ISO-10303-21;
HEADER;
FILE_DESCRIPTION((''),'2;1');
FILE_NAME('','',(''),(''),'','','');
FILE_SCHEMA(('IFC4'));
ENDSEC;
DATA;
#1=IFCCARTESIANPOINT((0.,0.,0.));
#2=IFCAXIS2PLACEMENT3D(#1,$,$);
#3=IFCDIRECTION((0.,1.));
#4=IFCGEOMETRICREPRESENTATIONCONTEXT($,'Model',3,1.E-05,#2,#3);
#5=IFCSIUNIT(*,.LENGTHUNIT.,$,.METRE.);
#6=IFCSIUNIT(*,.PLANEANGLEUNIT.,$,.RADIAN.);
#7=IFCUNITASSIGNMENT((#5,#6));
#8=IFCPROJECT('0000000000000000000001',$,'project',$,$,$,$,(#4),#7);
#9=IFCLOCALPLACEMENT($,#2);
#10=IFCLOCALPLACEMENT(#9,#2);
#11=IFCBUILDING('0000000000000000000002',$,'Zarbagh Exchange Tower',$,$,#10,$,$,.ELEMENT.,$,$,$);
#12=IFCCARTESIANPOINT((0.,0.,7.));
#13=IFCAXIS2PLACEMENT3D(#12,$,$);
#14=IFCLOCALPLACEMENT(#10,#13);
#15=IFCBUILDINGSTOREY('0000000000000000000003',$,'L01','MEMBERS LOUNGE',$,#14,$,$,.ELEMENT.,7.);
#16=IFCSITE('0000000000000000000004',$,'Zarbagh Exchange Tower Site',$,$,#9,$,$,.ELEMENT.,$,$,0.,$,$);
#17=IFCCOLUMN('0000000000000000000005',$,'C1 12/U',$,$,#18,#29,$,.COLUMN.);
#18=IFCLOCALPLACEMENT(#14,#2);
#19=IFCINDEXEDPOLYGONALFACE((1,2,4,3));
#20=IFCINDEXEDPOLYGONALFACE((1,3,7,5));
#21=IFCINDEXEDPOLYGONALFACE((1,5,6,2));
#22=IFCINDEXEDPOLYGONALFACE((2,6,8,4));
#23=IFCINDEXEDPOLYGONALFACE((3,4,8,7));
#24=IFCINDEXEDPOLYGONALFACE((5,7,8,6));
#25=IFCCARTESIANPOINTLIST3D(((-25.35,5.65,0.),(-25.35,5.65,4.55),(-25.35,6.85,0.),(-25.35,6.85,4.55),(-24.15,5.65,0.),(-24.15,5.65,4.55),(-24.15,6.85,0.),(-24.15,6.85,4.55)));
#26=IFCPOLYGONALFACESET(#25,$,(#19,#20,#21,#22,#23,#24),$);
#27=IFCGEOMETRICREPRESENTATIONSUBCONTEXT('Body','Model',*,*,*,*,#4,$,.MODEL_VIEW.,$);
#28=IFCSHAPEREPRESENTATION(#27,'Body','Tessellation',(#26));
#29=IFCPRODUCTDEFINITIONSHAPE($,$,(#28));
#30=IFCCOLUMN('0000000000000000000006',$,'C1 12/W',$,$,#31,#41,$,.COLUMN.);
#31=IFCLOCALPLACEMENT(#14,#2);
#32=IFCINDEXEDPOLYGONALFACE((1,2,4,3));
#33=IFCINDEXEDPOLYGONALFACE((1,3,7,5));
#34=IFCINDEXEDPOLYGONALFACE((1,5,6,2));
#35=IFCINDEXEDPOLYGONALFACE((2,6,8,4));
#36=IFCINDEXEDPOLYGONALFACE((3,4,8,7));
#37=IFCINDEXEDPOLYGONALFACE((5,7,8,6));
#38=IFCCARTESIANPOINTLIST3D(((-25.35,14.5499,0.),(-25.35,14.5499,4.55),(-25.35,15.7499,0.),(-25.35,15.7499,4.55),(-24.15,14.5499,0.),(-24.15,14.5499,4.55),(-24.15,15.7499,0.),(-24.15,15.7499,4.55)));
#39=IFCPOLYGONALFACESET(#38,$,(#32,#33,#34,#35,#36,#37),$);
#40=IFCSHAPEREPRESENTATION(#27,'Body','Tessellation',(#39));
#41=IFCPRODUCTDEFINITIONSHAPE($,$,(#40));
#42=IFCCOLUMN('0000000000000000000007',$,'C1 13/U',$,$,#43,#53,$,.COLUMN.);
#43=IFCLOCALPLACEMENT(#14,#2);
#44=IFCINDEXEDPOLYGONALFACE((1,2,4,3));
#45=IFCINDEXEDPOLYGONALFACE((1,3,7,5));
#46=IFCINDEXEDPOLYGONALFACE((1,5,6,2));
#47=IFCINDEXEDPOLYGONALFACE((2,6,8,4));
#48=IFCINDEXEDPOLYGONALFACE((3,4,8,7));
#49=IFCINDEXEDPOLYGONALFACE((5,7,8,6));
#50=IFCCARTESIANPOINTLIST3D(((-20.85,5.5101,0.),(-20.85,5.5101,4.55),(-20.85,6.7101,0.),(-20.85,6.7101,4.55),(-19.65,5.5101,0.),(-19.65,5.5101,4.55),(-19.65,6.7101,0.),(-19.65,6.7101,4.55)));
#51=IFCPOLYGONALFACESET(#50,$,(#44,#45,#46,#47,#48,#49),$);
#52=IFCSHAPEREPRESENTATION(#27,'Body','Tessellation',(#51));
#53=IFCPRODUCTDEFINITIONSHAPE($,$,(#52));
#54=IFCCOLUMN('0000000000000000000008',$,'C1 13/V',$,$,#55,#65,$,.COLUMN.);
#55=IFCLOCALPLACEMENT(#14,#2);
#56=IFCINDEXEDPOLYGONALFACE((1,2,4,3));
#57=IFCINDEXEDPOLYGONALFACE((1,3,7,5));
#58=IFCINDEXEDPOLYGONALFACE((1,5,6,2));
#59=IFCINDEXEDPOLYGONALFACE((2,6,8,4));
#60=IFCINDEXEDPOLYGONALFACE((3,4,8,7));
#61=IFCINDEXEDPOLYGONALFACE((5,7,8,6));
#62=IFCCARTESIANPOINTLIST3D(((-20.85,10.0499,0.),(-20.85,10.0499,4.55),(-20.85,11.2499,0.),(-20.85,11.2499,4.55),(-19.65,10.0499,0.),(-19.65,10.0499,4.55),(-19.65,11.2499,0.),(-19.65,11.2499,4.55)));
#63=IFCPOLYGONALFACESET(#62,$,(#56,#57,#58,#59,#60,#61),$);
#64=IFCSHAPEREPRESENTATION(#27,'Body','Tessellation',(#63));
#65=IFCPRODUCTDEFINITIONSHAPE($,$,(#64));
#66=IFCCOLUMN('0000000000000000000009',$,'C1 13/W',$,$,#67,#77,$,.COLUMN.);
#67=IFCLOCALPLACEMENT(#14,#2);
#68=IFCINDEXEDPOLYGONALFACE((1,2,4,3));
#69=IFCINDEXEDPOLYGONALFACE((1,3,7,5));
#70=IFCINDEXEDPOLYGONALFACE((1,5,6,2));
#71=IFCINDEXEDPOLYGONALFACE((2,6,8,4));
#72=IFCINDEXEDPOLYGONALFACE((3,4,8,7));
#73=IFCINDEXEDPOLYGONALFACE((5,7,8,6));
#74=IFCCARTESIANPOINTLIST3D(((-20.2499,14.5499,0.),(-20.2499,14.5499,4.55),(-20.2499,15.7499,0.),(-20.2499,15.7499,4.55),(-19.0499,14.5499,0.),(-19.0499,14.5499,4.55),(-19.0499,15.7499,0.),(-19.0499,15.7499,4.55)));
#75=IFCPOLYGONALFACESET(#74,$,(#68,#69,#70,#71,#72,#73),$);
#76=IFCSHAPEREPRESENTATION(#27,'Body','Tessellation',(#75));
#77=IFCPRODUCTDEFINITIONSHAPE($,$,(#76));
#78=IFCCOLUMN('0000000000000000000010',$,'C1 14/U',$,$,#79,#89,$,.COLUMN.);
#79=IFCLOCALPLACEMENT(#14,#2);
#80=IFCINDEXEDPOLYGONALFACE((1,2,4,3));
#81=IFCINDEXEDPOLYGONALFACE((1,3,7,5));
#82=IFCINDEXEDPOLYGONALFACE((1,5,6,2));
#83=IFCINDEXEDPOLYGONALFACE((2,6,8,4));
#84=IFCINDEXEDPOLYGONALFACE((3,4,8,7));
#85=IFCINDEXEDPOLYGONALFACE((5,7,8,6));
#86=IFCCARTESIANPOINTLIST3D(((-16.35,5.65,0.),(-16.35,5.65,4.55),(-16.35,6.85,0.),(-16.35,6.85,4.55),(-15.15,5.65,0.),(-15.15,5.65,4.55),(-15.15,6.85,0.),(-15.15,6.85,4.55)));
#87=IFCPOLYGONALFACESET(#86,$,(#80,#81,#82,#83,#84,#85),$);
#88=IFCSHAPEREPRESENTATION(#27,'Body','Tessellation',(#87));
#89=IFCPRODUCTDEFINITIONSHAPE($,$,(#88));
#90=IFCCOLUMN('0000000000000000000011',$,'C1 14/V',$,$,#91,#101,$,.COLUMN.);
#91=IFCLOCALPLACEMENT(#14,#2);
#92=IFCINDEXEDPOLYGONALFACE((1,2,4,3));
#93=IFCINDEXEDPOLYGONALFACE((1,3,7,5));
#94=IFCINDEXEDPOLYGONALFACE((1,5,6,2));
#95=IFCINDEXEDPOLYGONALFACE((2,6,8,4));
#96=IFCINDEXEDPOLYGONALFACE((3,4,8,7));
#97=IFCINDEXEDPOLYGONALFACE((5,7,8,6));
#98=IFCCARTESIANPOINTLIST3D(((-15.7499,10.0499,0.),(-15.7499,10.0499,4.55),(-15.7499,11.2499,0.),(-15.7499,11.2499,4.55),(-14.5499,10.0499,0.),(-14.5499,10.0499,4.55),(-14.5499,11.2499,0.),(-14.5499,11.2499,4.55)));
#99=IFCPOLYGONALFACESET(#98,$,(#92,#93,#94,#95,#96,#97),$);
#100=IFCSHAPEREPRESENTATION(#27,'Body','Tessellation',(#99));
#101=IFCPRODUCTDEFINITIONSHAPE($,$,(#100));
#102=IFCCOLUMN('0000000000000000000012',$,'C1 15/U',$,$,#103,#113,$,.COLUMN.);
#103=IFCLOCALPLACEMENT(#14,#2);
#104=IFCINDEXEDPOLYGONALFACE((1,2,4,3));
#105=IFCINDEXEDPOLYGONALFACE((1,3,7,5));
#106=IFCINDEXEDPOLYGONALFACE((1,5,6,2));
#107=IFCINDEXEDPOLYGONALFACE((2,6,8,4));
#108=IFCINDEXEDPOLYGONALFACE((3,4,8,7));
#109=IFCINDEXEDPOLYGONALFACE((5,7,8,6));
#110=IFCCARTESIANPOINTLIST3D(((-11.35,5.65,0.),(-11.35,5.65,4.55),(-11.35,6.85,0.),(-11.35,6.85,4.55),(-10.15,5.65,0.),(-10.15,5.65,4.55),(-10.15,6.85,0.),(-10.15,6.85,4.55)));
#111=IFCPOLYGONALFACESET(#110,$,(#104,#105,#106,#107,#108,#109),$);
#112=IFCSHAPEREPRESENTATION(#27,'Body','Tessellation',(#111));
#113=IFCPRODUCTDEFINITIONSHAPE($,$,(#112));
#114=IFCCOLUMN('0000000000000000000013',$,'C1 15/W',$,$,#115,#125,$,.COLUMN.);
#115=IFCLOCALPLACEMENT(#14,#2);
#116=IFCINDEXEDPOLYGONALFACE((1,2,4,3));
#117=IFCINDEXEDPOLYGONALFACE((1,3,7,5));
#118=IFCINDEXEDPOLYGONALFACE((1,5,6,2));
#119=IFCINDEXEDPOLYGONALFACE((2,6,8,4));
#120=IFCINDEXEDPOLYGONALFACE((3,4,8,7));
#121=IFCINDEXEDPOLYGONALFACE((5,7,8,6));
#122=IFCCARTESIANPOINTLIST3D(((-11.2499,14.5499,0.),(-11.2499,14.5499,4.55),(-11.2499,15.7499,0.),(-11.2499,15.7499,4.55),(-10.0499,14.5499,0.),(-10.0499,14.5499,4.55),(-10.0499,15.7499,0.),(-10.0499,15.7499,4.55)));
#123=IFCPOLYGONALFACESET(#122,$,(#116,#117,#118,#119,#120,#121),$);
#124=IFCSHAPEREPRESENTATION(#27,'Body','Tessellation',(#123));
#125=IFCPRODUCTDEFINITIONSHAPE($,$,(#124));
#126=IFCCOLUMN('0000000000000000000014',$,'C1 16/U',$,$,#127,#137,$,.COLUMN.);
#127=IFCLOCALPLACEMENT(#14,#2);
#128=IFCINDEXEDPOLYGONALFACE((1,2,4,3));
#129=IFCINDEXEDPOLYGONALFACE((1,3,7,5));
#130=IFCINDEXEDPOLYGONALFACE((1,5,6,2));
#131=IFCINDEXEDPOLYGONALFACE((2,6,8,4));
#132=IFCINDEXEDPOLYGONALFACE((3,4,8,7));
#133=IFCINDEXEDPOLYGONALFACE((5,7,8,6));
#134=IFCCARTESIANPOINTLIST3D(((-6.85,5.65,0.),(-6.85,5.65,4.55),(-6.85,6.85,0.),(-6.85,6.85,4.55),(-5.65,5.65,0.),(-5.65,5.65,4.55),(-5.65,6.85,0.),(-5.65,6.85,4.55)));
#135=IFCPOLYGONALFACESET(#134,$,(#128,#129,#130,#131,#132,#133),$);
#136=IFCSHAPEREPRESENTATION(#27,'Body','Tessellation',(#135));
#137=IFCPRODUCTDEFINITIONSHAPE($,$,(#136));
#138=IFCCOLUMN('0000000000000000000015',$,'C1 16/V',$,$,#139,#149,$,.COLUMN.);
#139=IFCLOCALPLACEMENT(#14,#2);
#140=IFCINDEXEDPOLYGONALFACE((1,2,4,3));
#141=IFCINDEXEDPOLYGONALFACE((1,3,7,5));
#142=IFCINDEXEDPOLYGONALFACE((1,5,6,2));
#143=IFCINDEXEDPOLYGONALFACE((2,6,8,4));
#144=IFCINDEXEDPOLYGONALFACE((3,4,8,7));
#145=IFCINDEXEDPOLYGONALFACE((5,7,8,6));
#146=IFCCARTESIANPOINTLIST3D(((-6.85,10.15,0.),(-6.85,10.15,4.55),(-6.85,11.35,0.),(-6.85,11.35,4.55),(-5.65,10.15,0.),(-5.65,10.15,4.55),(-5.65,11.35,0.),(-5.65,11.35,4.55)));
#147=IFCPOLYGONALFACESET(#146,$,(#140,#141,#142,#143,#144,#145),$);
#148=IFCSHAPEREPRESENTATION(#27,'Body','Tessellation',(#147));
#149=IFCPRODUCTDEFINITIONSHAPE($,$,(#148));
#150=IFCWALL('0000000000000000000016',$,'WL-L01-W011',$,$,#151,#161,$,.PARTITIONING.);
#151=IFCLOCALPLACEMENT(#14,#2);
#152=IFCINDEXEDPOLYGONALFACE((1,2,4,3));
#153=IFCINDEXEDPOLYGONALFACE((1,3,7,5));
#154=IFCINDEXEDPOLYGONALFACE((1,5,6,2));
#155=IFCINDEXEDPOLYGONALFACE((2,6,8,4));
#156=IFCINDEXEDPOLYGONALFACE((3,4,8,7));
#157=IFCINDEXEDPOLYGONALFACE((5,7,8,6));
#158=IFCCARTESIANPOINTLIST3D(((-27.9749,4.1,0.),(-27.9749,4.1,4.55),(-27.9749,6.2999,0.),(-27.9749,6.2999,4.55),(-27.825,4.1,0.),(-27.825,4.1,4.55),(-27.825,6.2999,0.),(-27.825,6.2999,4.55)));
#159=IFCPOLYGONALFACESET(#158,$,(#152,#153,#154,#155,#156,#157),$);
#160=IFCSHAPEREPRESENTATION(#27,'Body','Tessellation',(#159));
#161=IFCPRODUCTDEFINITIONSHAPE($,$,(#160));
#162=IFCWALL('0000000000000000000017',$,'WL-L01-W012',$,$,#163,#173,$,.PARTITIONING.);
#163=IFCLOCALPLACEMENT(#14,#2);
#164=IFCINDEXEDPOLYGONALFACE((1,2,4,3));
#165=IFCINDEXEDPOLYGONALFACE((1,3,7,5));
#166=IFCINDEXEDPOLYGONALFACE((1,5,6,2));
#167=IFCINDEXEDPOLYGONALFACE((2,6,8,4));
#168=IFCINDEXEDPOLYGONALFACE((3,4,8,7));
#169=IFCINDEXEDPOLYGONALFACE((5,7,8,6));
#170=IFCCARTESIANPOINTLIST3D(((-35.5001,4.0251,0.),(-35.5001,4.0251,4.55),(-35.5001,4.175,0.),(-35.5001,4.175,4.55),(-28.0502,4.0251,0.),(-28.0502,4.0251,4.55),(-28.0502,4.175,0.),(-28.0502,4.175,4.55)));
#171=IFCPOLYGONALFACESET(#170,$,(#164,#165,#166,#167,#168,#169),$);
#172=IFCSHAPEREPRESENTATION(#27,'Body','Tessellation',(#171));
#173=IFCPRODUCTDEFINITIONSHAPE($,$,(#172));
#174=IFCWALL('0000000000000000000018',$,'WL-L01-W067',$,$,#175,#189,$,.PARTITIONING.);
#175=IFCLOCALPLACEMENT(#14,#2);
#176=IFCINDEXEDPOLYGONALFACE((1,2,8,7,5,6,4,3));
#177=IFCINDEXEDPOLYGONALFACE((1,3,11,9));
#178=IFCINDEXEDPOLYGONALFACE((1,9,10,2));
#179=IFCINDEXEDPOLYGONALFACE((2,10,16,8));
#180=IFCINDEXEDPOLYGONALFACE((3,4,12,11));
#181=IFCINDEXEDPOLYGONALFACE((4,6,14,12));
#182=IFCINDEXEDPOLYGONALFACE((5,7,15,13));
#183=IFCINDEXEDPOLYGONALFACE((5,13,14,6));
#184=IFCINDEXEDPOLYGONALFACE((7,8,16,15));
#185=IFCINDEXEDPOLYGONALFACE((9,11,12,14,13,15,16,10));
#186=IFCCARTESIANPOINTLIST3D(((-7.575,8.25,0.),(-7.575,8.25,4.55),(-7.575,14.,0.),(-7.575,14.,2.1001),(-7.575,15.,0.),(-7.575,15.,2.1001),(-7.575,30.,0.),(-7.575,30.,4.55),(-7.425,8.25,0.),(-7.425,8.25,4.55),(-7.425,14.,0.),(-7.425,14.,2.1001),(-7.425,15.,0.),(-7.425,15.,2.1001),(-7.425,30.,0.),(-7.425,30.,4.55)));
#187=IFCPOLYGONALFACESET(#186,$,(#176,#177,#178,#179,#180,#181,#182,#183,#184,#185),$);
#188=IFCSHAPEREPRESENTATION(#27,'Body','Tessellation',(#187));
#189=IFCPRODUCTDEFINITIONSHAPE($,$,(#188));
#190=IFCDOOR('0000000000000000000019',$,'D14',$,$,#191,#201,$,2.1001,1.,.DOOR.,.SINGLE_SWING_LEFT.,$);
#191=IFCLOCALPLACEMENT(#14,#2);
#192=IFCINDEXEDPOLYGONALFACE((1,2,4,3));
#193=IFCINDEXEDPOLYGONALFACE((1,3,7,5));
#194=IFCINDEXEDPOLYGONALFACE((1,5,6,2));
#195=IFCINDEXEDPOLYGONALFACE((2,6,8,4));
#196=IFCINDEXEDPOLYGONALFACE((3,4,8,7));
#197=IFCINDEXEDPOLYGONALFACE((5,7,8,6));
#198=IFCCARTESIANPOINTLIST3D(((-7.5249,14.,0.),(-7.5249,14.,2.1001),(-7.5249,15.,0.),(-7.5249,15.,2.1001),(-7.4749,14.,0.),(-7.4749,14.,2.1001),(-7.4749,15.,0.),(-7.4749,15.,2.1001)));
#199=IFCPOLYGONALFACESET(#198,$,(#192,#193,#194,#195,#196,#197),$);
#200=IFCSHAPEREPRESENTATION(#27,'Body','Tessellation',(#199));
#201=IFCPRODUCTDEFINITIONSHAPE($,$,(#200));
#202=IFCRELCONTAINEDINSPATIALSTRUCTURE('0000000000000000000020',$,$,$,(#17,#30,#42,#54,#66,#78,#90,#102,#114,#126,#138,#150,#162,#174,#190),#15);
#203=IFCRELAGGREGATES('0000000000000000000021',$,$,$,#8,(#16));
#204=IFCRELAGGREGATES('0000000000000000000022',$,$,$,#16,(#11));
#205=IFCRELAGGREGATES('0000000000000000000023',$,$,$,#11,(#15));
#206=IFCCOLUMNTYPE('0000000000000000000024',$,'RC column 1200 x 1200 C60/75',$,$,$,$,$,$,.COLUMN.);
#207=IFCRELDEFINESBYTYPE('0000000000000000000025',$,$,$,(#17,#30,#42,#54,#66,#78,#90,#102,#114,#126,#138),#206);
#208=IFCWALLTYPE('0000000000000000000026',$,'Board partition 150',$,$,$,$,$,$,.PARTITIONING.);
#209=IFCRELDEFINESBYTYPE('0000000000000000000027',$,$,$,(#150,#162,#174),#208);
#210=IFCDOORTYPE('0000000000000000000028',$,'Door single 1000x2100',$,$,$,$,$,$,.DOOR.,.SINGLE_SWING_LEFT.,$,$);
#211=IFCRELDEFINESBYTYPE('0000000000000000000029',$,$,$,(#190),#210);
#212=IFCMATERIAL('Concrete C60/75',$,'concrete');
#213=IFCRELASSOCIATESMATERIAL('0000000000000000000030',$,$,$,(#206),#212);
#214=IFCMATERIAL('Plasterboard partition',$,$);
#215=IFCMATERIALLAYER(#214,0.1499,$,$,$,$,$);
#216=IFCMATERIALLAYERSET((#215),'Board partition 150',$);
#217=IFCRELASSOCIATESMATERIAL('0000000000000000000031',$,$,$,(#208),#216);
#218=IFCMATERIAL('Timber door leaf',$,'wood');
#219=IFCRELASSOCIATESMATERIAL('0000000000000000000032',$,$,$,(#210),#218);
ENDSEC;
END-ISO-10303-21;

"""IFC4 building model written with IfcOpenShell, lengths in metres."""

from ifc_helpers import new_model, si_unit, direction, frame, frame_2d, origin, origin_2d, place, context, subcontext, project, spatial, rectangle, extrude, material, layer, layer_set, material_profile, profile_set, type_object, element, fill, save


model = new_model("IFC4")

# Units and contexts
model_context = context("Model", 3, precision=1e-05, world=origin(), true_north=direction((0.0, 1.0)))
body_context = subcontext(model_context, "Body", "Model", "MODEL_VIEW")
ifc_project = project(units=[si_unit("LENGTHUNIT", "METRE"), si_unit("PLANEANGLEUNIT", "RADIAN")], contexts=[model_context])

# Site, building, storey
site_placement = place(None, origin())
site = spatial("IfcSite", under=ifc_project, at=site_placement, Name="Zarbagh Exchange Tower Site", CompositionType="ELEMENT", RefElevation=0.0)
building_placement = place(site_placement, origin())
building = spatial("IfcBuilding", under=site, at=building_placement, Name="Zarbagh Exchange Tower", CompositionType="ELEMENT")
storey_placement = place(building_placement, frame((0.0, 0.0, 7.0)))
storey = spatial("IfcBuildingStorey", under=building, at=storey_placement, Name="L01", Description="MEMBERS LOUNGE", CompositionType="ELEMENT", Elevation=7.0)

# Columns
ifc_material_1 = material(Name="Concrete C60/75", Category="concrete")
ifc_material_profile = material_profile(ifc_material_1, rectangle(XDim=1.2, YDim=1.2, at=origin_2d()), Name="RC column 1200 x 1200 C60/75")
ifc_profile_set = profile_set([ifc_material_profile], Name="Concrete C60/75")
column_type = type_object("IfcColumnType", Name="RC column 1200 x 1200 C60/75", PredefinedType="COLUMN", material=ifc_profile_set)
for number, where, z_axis, x_axis, name in (
    (1, (-24.75, 6.25, 0.0), (0.0, 0.0, 1.0), (1.0, 0.0, 0.0), "C1 12/U"),
    (2, (-24.75, 15.1499, 0.0), (0.0, 0.0, 1.0), (1.0, 0.0, 0.0), "C1 12/W"),
    (3, (-20.25, 6.1101, 0.0), (0.0, 0.0, 1.0), (1.0, 0.0, 0.0), "C1 13/U"),
    (4, (-20.25, 10.6499, 0.0), (0.0, 0.0, 1.0), (1.0, 0.0, 0.0), "C1 13/V"),
    (5, (-19.6499, 15.1499, 0.0), (0.0, 0.0, 1.0), (1.0, 0.0, 0.0), "C1 13/W"),
    (6, (-15.75, 6.25, 0.0), (0.0, 0.0, 1.0), (1.0, 0.0, 0.0), "C1 14/U"),
    (7, (-15.1499, 10.6499, 0.0), (0.0, 0.0, 1.0), (1.0, 0.0, 0.0), "C1 14/V"),
    (8, (-10.75, 6.25, 0.0), (0.0, 0.0, 1.0), (1.0, 0.0, 0.0), "C1 15/U"),
    (9, (-10.6499, 15.1499, 0.0), (0.0, 0.0, 1.0), (1.0, 0.0, 0.0), "C1 15/W"),
    (10, (-6.25, 6.25, 0.0), (0.0, 0.0, 1.0), (1.0, 0.0, 0.0), "C1 16/U"),
    (11, (-6.25, 10.75, 0.0), (0.0, 0.0, 1.0), (1.0, 0.0, 0.0), "C1 16/V"),
):
    element("IfcColumn", number, at=place(storey_placement, frame(where, z_axis=z_axis, x_axis=x_axis)), inside=storey, type_object=column_type, Name=name, PredefinedType="COLUMN", context=body_context, shape_type="SweptSolid", body=[
        extrude(rectangle(XDim=1.2, YDim=1.2, at=origin_2d()), origin(), (0.0, 0.0, 1.0), 4.55),
    ])

# Walls
ifc_material_2 = material(Name="Plasterboard partition")
ifc_layer_1 = layer(ifc_material_2, 0.1499)
ifc_layer_set_1 = layer_set([ifc_layer_1], Name="Board partition 150")
wall_type_1 = type_object("IfcWallType", Name="Board partition 150", PredefinedType="PARTITIONING", material=ifc_layer_set_1)
wall_1_placement = place(storey_placement, frame((-27.8999, 6.3, 0.0), z_axis=(0.0, 0.0, 1.0), x_axis=(0.0, -1.0, 0.0)))
element("IfcWall", 12, at=wall_1_placement, inside=storey, type_object=wall_type_1, Name="WL-L01-W011", PredefinedType="PARTITIONING", context=body_context, shape_type="SweptSolid", body=[
    extrude(rectangle(XDim=2.2, YDim=0.1499, at=frame_2d((1.1001, 0.0))), origin(), (0.0, 0.0, 1.0), 4.55),
])
wall_2_placement = place(storey_placement, frame((-28.05, 4.1001, 0.0), z_axis=(0.0, 0.0, 1.0), x_axis=(-1.0, 0.0, 0.0)))
element("IfcWall", 13, at=wall_2_placement, inside=storey, type_object=wall_type_1, Name="WL-L01-W012", PredefinedType="PARTITIONING", context=body_context, shape_type="SweptSolid", body=[
    extrude(rectangle(XDim=7.45, YDim=0.1499, at=frame_2d((3.7251, 0.0))), origin(), (0.0, 0.0, 1.0), 4.55),
])

# Wall, opening, door
wall_3_placement = place(storey_placement, frame((-7.5, 8.25, 0.0), z_axis=(0.0, 0.0, 1.0), x_axis=(0.0, 1.0, 0.0)))
wall_3 = element("IfcWall", 14, at=wall_3_placement, inside=storey, type_object=wall_type_1, Name="WL-L01-W067", PredefinedType="PARTITIONING", context=body_context, shape_type="SweptSolid", body=[
    extrude(rectangle(XDim=21.75, YDim=0.1499, at=frame_2d((10.875, 0.0))), origin(), (0.0, 0.0, 1.0), 4.55),
])
opening_1_placement = place(wall_3_placement, frame((5.75, 0.0, 0.0)))
opening_1 = element("IfcOpeningElement", 15, at=opening_1_placement, cuts=wall_3, PredefinedType="OPENING", context=body_context, shape_type="SweptSolid", body=[
    extrude(rectangle(XDim=1.0, YDim=2.1001, at=frame_2d((0.5, 1.05))), frame((0.0, 0.085, 0.0), z_axis=(0.0, -1.0, 0.0), x_axis=(1.0, 0.0, 0.0)), (0.0, 0.0, 1.0), 0.1699),
])
ifc_material_3 = material(Name="Timber door leaf", Category="wood")
door_type_1 = type_object("IfcDoorType", Name="Door single 1000x2100", OperationType="SINGLE_SWING_LEFT", PredefinedType="DOOR", material=ifc_material_3)
door_1_placement = place(opening_1_placement, origin())
door_1 = element("IfcDoor", 16, at=door_1_placement, inside=storey, type_object=door_type_1, Name="D14", OperationType="SINGLE_SWING_LEFT", OverallHeight=2.1001, OverallWidth=1.0, PredefinedType="DOOR", context=body_context, shape_type="SweptSolid", body=[
    extrude(rectangle(XDim=1.0, YDim=2.1001, at=frame_2d((0.5, 1.05))), frame((0.0, 0.0249, 0.0), z_axis=(0.0, -1.0, 0.0), x_axis=(1.0, 0.0, 0.0)), (0.0, 0.0, 1.0), 0.05),
])
fill(opening_1, door_1)

save(model, "model.ifc")
